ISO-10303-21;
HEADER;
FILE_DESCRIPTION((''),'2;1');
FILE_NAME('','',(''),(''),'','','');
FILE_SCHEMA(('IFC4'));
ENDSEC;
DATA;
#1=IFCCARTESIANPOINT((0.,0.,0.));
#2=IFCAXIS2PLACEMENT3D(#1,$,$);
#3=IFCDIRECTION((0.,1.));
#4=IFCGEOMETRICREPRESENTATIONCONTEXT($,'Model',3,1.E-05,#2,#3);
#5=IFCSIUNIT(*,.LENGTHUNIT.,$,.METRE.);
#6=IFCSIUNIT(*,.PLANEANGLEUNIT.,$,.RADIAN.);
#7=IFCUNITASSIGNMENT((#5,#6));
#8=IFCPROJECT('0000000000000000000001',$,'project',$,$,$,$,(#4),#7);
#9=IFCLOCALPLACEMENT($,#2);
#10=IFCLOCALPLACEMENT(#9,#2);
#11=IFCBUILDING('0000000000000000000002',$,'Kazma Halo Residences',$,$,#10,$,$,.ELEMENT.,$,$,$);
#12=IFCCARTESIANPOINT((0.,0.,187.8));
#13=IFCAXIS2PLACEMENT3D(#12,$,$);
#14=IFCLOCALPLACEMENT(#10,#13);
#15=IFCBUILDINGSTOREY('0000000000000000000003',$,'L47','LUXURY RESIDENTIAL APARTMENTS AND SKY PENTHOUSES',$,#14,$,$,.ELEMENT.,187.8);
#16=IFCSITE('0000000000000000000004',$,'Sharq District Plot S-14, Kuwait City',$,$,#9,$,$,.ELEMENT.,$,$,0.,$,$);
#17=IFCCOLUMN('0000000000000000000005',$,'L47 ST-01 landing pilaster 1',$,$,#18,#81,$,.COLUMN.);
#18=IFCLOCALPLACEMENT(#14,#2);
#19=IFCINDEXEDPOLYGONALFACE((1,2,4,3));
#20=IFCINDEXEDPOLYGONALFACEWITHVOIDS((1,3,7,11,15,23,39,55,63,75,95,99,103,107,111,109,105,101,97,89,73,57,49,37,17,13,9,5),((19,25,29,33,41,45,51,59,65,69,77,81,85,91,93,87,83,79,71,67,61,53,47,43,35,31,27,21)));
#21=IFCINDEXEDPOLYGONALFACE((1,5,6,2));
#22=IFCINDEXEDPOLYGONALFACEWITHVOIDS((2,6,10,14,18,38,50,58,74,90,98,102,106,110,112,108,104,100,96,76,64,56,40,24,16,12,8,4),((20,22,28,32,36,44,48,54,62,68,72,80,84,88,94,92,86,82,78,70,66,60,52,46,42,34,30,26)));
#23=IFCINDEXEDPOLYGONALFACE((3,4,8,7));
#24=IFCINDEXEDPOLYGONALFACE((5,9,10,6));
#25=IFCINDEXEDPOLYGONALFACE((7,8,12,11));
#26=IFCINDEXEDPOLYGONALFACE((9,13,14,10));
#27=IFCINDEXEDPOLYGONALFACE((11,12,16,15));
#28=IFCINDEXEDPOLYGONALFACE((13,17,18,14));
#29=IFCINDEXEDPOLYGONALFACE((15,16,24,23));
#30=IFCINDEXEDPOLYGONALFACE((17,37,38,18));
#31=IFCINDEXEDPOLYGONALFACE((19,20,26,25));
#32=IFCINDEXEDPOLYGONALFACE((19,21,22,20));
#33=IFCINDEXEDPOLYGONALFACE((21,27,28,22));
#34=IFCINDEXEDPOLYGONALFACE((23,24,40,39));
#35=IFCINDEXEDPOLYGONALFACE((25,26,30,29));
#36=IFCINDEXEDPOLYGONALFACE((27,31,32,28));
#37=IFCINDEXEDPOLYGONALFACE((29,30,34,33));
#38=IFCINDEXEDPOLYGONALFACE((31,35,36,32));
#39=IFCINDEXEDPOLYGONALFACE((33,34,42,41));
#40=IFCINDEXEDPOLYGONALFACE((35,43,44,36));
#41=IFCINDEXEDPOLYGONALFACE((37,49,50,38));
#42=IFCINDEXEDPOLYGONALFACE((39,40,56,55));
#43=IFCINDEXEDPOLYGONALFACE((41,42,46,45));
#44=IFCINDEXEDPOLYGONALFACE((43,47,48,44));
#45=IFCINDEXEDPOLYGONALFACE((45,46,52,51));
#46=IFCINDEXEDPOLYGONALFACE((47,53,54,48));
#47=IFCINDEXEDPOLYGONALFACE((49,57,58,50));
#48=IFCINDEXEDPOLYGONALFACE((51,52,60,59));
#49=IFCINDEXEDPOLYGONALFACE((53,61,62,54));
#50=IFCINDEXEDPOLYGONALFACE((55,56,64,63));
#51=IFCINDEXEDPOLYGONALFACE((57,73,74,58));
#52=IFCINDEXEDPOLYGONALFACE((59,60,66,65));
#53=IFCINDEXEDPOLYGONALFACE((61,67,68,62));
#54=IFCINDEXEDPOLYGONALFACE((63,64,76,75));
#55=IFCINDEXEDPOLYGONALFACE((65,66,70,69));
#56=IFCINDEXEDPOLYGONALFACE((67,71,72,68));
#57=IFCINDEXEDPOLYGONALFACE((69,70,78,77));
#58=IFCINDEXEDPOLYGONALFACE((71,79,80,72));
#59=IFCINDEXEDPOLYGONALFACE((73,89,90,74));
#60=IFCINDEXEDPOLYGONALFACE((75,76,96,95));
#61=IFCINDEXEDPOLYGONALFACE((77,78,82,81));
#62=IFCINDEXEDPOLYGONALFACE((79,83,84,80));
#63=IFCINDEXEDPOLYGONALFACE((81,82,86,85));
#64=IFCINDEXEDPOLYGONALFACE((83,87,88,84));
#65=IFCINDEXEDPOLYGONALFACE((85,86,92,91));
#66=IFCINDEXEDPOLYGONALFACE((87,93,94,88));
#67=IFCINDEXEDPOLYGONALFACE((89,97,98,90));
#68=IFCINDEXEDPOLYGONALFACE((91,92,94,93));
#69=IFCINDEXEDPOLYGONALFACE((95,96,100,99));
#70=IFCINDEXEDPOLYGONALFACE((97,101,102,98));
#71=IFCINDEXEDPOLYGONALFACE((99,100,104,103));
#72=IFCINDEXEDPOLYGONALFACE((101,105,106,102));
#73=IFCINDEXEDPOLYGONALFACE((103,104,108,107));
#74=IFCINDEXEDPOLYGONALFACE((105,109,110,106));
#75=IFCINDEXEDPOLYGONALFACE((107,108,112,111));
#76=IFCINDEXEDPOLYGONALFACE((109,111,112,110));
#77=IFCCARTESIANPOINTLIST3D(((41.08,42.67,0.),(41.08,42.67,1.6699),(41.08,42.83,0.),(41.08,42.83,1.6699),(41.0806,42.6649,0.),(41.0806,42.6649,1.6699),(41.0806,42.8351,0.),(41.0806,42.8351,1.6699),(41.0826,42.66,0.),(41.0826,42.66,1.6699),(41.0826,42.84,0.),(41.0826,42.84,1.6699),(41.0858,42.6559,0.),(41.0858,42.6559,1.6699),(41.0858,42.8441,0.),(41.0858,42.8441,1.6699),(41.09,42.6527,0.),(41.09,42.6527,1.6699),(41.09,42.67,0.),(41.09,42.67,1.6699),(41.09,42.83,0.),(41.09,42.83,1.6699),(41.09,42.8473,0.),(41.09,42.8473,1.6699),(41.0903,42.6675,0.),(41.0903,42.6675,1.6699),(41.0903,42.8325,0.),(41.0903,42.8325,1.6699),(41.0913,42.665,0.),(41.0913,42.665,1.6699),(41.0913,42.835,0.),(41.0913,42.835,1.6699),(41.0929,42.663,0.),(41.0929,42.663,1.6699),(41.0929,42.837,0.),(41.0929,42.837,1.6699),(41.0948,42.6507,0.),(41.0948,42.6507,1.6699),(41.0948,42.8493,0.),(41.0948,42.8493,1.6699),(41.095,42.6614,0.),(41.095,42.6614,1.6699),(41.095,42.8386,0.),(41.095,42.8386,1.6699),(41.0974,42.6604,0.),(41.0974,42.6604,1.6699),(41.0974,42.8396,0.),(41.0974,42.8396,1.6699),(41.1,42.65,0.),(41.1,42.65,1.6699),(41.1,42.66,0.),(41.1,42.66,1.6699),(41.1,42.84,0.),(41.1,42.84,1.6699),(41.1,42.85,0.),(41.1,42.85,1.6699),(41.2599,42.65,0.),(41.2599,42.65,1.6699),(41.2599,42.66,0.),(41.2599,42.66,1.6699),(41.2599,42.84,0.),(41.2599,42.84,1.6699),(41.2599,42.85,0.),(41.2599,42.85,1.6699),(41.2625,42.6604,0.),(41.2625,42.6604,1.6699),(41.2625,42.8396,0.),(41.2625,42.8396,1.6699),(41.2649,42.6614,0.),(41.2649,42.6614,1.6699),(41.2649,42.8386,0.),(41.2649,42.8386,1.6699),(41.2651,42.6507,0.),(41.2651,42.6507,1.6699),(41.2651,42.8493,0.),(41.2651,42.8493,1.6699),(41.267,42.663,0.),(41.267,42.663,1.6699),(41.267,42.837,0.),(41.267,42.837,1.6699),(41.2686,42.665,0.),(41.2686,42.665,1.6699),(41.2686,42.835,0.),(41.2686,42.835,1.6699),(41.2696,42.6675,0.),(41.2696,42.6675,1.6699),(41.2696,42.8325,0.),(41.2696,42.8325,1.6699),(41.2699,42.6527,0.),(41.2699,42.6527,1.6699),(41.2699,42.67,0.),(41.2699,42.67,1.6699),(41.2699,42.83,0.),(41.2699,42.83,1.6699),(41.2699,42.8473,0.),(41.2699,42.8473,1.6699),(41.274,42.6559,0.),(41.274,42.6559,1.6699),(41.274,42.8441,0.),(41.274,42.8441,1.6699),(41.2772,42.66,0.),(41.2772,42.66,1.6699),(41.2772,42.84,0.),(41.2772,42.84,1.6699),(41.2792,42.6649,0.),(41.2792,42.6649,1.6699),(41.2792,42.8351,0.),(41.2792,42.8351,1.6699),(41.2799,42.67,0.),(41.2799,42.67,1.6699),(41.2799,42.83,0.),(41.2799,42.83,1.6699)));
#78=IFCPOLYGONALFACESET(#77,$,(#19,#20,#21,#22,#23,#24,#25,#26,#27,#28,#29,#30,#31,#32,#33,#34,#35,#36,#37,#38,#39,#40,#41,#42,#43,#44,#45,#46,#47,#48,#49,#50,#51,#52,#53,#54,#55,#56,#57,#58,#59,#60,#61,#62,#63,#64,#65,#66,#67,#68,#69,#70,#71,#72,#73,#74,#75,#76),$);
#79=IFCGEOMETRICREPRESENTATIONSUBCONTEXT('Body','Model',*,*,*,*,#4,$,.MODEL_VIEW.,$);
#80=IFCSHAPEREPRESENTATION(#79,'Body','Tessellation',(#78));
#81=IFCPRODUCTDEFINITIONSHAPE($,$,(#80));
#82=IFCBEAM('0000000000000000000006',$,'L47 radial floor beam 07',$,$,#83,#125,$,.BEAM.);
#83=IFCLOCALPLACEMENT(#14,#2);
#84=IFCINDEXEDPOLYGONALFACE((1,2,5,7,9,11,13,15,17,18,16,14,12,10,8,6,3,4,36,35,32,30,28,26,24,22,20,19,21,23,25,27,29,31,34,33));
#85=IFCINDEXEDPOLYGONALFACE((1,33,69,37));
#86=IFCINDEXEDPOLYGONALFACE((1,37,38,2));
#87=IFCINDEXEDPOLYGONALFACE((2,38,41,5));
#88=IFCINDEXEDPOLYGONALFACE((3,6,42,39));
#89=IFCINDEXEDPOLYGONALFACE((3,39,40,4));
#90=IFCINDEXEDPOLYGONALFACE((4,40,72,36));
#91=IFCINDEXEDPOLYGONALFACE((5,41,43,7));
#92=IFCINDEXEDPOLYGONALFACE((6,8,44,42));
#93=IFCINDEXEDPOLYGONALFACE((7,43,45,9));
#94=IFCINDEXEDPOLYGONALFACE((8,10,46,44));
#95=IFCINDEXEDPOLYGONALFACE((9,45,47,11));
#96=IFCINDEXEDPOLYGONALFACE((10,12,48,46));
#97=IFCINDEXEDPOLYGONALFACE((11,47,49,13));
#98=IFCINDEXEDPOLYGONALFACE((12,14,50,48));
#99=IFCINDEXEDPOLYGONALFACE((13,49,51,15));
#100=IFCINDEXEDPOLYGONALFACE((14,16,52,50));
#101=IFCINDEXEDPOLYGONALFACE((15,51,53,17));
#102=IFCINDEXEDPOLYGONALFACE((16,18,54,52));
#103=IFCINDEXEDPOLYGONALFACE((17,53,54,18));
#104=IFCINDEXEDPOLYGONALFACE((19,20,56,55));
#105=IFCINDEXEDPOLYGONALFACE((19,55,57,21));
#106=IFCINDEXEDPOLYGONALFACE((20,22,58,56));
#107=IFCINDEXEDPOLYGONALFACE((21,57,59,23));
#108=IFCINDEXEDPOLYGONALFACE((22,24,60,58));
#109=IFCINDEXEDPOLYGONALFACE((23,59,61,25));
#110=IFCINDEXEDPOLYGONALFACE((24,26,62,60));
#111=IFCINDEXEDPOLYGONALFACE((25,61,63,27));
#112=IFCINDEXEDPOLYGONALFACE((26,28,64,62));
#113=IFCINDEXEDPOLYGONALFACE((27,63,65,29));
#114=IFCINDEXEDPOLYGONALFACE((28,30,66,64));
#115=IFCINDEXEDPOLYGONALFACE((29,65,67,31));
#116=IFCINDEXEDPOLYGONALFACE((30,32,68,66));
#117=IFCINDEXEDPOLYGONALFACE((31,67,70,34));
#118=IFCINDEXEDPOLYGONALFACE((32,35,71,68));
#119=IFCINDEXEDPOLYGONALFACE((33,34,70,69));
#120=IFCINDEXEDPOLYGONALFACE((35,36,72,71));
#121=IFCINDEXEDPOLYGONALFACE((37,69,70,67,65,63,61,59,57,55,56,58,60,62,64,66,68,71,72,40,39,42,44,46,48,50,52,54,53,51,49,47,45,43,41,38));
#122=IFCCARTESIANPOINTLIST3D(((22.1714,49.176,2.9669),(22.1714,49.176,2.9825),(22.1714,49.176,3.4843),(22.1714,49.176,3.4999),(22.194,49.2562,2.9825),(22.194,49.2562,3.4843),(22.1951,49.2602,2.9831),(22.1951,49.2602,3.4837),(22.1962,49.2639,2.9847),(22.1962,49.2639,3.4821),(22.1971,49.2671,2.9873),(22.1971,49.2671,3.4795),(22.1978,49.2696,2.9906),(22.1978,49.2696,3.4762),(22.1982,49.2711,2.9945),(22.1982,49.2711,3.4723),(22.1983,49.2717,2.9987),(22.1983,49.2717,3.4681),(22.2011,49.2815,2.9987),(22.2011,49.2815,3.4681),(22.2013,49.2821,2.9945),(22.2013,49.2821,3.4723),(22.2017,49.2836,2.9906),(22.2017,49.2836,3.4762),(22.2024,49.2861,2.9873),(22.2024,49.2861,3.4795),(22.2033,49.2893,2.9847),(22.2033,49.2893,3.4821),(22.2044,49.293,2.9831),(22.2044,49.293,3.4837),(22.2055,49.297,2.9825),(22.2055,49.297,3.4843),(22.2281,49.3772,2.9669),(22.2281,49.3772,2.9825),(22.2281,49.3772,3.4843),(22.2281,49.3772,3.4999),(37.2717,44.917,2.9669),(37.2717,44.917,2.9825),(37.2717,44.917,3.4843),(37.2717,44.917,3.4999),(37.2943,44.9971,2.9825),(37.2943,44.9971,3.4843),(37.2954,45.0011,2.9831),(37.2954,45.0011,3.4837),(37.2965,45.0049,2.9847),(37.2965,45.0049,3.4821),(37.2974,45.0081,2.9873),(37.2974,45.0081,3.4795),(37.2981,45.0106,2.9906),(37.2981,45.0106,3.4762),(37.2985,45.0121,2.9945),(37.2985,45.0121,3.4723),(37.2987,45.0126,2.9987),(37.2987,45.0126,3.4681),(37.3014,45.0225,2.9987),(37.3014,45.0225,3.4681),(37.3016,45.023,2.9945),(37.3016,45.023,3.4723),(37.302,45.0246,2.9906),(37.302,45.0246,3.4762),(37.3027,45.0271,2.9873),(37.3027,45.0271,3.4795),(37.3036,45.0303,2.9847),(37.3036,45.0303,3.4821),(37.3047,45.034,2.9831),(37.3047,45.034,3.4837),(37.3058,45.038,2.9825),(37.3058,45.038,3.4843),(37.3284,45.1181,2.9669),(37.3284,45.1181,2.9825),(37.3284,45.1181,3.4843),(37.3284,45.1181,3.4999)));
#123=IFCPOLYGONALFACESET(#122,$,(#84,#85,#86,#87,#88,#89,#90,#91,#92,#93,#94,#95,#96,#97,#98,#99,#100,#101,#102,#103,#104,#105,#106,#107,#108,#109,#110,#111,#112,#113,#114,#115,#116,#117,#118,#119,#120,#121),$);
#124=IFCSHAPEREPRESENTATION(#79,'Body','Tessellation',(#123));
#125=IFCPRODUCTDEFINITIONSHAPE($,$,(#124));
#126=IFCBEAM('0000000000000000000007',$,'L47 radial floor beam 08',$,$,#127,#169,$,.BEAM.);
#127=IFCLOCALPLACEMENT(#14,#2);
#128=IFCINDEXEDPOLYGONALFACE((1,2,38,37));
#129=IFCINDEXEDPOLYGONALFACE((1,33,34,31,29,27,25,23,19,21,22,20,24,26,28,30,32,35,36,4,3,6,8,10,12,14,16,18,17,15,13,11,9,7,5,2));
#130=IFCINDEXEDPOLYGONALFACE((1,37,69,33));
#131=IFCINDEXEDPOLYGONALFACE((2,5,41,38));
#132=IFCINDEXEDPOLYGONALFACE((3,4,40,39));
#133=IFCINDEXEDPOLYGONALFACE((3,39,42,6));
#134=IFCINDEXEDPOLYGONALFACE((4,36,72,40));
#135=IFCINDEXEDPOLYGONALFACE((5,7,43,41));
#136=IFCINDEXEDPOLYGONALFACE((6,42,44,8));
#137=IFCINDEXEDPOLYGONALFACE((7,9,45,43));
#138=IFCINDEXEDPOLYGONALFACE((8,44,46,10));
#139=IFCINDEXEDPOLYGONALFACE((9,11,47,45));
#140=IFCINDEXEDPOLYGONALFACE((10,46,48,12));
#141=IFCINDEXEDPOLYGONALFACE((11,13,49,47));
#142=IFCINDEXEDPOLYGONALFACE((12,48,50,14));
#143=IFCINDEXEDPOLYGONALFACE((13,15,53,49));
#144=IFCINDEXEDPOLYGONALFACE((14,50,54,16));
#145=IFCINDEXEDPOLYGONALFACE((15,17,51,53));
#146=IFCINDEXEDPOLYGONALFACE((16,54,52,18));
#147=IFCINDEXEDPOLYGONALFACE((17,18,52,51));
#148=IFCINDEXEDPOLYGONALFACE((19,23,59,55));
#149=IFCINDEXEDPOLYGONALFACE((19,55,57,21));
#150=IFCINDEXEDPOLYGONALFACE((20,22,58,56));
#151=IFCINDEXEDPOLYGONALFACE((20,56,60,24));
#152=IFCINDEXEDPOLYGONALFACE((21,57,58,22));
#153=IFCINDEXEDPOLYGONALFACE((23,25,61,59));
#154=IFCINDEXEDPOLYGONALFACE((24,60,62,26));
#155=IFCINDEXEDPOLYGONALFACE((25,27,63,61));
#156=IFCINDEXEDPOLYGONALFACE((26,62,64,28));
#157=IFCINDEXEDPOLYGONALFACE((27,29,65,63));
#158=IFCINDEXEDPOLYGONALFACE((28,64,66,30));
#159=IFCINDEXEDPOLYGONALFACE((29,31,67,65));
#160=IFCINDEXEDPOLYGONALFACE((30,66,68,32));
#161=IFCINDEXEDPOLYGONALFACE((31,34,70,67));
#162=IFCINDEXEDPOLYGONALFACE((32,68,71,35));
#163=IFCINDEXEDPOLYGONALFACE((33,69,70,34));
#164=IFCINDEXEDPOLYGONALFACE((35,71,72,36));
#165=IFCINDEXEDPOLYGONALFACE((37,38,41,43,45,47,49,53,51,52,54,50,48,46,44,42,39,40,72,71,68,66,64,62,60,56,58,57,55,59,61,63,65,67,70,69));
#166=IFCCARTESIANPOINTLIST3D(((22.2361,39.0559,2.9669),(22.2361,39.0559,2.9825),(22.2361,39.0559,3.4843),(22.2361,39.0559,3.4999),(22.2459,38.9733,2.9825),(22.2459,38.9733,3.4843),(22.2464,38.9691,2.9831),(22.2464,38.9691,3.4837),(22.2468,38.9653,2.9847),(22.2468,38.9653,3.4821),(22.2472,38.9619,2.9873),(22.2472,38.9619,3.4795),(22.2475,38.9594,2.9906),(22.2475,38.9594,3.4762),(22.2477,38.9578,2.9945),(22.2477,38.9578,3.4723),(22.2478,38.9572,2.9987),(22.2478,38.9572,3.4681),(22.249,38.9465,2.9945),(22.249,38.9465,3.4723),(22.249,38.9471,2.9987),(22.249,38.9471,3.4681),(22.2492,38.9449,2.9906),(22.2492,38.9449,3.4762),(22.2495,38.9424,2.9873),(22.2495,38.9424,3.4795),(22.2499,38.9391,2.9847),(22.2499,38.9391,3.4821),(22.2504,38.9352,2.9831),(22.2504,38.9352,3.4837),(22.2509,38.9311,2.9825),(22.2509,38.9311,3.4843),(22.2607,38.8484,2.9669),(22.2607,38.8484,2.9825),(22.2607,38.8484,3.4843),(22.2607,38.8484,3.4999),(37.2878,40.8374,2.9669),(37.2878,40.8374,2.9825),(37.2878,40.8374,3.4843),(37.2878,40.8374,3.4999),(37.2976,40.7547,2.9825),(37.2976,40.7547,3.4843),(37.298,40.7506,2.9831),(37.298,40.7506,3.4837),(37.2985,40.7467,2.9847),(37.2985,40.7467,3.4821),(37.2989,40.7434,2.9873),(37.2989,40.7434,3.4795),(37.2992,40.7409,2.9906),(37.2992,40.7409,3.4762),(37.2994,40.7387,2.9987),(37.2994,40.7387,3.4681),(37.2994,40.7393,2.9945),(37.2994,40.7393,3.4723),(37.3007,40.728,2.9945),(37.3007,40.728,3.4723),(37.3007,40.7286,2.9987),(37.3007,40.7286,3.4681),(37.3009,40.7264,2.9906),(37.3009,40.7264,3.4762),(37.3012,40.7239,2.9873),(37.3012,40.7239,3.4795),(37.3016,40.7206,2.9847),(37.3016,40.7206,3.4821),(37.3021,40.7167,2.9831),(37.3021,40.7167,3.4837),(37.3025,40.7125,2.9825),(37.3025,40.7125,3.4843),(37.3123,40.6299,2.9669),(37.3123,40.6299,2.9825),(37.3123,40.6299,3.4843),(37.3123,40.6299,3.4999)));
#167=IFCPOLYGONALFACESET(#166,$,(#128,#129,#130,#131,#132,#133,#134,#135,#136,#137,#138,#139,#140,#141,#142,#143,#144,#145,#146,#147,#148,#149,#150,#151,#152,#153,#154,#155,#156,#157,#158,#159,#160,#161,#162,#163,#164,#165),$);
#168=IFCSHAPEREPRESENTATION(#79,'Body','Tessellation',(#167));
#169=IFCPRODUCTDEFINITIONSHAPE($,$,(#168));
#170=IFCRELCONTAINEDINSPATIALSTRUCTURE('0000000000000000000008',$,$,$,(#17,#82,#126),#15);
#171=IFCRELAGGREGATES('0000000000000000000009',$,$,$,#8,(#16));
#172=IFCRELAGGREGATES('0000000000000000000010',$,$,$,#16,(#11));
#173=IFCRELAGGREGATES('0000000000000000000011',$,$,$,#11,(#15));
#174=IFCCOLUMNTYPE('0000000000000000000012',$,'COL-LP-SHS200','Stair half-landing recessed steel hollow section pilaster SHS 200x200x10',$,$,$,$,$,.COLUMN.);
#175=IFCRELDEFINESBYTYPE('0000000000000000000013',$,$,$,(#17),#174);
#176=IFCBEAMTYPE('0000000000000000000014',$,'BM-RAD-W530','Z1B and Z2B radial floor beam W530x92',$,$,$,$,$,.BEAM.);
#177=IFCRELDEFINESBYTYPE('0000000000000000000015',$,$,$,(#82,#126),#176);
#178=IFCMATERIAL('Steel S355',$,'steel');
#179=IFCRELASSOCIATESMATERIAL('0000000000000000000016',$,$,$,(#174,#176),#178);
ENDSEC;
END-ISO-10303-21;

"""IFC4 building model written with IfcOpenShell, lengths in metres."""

from ifc_helpers import new_model, si_unit, direction, frame, origin, origin_2d, place, context, subcontext, project, spatial, hollow_rectangle, i_section, extrude, material, material_profile, profile_set, type_object, element, save


model = new_model("IFC4")

# Units and contexts
model_context = context("Model", 3, precision=1e-05, world=origin(), true_north=direction((0.0, 1.0)))
body_context = subcontext(model_context, "Body", "Model", "MODEL_VIEW")
ifc_project = project(units=[si_unit("LENGTHUNIT", "METRE"), si_unit("PLANEANGLEUNIT", "RADIAN")], contexts=[model_context])

# Site, building, storey
site_placement = place(None, origin())
site = spatial("IfcSite", under=ifc_project, at=site_placement, Name="Sharq District Plot S-14, Kuwait City", CompositionType="ELEMENT", RefElevation=0.0)
building_placement = place(site_placement, origin())
building = spatial("IfcBuilding", under=site, at=building_placement, Name="Kazma Halo Residences", CompositionType="ELEMENT")
storey_placement = place(building_placement, frame((0.0, 0.0, 187.8)))
storey = spatial("IfcBuildingStorey", under=building, at=storey_placement, Name="L47", Description="LUXURY RESIDENTIAL APARTMENTS AND SKY PENTHOUSES", CompositionType="ELEMENT", Elevation=187.8)

# Column
ifc_material_1 = material(Name="Steel S355", Category="steel")
ifc_material_profile_1 = material_profile(ifc_material_1, hollow_rectangle(XDim=0.2, YDim=0.2, WallThickness=0.01, InnerFilletRadius=0.01, OuterFilletRadius=0.02, at=origin_2d()), Name="SHS200x200x10")
ifc_profile_set_1 = profile_set([ifc_material_profile_1], Name="Steel S355")
column_type = type_object("IfcColumnType", Name="COL-LP-SHS200", Description="Stair half-landing recessed steel hollow section pilaster SHS 200x200x10", PredefinedType="COLUMN", material=ifc_profile_set_1)
column_placement = place(storey_placement, frame((41.1799, 42.75, 0.0), z_axis=(0.0, 0.0, 1.0), x_axis=(1.0, 0.0, 0.0)))
element("IfcColumn", 1, at=column_placement, inside=storey, type_object=column_type, Name="L47 ST-01 landing pilaster 1", PredefinedType="COLUMN", context=body_context, shape_type="SweptSolid", body=[
    extrude(hollow_rectangle(XDim=0.2, YDim=0.2, WallThickness=0.01, InnerFilletRadius=0.01, OuterFilletRadius=0.02, at=origin_2d()), origin(), (0.0, 0.0, 1.0), 1.6699),
])

# Beams
ifc_material_profile_2 = material_profile(ifc_material_1, i_section(OverallWidth=0.209, OverallDepth=0.533, WebThickness=0.0103, FlangeThickness=0.0156, FilletRadius=0.0161, at=origin_2d()), Name="W530x92")
ifc_profile_set_2 = profile_set([ifc_material_profile_2], Name="Steel S355")
beam_type_1 = type_object("IfcBeamType", Name="BM-RAD-W530", Description="Z1B and Z2B radial floor beam W530x92", PredefinedType="BEAM", material=ifc_profile_set_2)
beam_1_placement = place(storey_placement, frame((37.3, 45.0176, 3.2334), z_axis=(-0.96245, 0.271458, 0.0), x_axis=(-0.271458, -0.96245, 0.0)))
element("IfcBeam", 2, at=beam_1_placement, inside=storey, type_object=beam_type_1, Name="L47 radial floor beam 07", PredefinedType="BEAM", context=body_context, shape_type="SweptSolid", body=[
    extrude(i_section(OverallWidth=0.209, OverallDepth=0.533, WebThickness=0.0103, FlangeThickness=0.0156, FilletRadius=0.0161, at=origin_2d()), origin(), (0.0, 0.0, 1.0), 15.6895),
])
beam_2_placement = place(storey_placement, frame((37.3, 40.7336, 3.2334), z_axis=(-0.993068, -0.117537, 0.0), x_axis=(0.117537, -0.993068, 0.0)))
element("IfcBeam", 3, at=beam_2_placement, inside=storey, type_object=beam_type_1, Name="L47 radial floor beam 08", PredefinedType="BEAM", context=body_context, shape_type="SweptSolid", body=[
    extrude(i_section(OverallWidth=0.209, OverallDepth=0.533, WebThickness=0.0103, FlangeThickness=0.0156, FilletRadius=0.0161, at=origin_2d()), origin(), (0.0, 0.0, 1.0), 15.1567),
])

save(model, "model.ifc")
